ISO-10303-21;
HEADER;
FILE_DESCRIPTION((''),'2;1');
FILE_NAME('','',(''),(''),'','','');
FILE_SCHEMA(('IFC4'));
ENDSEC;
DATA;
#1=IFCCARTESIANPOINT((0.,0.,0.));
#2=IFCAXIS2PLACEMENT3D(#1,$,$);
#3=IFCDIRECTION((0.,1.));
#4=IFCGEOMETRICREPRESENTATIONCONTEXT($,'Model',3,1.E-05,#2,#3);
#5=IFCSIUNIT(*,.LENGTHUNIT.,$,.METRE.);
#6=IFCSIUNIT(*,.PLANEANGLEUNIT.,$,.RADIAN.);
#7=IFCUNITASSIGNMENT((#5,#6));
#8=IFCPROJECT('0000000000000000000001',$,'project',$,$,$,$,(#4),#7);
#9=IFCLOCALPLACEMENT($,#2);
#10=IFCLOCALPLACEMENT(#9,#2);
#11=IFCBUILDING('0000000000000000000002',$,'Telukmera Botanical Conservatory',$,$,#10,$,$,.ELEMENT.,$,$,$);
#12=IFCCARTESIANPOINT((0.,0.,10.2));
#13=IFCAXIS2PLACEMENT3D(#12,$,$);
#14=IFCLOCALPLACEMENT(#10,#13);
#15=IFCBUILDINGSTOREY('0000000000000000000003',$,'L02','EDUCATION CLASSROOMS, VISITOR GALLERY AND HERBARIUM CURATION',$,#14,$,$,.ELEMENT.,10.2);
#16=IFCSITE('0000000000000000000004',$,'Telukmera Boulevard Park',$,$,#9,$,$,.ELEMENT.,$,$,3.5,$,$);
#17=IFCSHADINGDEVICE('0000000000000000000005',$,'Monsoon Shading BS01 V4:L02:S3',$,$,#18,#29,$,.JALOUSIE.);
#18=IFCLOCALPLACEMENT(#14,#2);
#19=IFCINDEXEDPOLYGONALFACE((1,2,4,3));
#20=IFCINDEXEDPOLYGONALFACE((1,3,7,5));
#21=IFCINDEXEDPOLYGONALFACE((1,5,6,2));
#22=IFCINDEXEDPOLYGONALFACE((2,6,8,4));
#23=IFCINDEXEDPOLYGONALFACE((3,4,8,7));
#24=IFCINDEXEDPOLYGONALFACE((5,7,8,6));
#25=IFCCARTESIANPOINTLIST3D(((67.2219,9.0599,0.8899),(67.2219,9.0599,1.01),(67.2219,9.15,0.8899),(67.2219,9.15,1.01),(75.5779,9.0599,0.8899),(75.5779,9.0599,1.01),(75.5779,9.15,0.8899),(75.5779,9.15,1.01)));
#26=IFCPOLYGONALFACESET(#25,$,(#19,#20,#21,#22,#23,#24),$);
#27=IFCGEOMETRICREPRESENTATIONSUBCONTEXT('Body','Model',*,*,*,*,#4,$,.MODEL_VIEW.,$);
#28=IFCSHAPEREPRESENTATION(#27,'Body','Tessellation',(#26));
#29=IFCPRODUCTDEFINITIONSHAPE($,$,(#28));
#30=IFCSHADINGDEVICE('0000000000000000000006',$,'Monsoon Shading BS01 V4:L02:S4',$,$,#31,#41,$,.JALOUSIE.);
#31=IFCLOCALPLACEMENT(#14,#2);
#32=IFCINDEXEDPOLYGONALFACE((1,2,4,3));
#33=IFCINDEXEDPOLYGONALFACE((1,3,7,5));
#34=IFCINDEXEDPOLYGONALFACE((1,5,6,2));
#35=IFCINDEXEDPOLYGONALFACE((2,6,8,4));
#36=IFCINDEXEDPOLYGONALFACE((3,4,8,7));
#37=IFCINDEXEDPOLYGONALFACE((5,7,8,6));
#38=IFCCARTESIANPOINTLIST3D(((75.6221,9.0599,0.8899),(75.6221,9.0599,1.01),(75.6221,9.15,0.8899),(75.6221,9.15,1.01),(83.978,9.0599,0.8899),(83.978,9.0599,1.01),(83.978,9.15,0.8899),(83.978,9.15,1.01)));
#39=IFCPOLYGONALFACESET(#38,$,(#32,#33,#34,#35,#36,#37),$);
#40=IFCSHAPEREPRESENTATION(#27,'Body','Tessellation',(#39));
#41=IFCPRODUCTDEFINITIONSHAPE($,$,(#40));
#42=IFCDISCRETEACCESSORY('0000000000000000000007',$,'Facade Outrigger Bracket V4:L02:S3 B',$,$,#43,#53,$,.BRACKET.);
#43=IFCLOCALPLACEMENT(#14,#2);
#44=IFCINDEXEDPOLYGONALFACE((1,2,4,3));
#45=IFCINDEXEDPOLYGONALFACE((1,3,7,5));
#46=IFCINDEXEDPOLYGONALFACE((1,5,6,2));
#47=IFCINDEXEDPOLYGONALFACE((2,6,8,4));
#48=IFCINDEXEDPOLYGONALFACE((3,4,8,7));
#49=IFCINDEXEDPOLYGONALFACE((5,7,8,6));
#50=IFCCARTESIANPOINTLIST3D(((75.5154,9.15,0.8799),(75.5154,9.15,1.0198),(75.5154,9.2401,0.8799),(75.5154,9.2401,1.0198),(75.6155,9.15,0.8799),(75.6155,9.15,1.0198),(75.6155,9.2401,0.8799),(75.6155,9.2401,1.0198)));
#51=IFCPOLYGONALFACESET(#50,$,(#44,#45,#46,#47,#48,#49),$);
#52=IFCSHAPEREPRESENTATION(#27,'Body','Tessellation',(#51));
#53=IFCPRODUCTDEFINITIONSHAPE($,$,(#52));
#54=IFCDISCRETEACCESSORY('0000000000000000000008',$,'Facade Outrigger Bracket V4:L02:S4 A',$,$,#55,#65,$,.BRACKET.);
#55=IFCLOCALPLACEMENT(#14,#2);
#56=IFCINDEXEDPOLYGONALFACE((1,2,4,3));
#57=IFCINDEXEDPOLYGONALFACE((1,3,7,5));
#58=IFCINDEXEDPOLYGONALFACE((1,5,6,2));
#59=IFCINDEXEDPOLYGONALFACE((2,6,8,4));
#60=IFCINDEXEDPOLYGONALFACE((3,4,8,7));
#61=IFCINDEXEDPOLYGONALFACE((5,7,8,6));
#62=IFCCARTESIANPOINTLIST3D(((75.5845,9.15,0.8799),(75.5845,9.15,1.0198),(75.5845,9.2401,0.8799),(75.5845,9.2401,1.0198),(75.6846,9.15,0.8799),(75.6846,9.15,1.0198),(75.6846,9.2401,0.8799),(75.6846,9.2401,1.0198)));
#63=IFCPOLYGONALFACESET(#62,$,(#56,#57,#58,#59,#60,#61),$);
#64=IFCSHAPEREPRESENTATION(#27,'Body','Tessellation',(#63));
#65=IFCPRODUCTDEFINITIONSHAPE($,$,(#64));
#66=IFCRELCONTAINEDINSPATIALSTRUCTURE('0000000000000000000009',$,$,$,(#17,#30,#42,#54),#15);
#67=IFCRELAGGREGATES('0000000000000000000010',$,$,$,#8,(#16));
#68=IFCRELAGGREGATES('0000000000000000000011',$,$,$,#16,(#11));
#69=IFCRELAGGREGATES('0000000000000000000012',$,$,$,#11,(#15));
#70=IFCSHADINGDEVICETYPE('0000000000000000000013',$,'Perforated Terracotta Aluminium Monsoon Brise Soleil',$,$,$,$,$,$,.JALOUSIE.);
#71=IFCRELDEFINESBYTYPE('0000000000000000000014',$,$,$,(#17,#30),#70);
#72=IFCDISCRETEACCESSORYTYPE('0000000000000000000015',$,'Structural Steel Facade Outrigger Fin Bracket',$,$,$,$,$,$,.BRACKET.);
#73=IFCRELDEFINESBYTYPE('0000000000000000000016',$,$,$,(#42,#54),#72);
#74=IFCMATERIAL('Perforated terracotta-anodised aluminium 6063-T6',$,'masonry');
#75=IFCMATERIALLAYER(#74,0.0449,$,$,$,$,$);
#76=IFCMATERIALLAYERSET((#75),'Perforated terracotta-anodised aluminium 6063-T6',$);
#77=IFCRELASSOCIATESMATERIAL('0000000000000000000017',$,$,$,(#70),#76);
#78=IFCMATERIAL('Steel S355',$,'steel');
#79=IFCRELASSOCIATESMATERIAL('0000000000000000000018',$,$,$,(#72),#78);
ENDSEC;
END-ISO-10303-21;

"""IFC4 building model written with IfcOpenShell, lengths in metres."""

from ifc_helpers import new_model, si_unit, direction, frame, origin, origin_2d, place, context, subcontext, project, spatial, rectangle, extrude, material, layer, layer_set, type_object, element, save


model = new_model("IFC4")

# Units and contexts
model_context = context("Model", 3, precision=1e-05, world=origin(), true_north=direction((0.0, 1.0)))
body_context = subcontext(model_context, "Body", "Model", "MODEL_VIEW")
ifc_project = project(units=[si_unit("LENGTHUNIT", "METRE"), si_unit("PLANEANGLEUNIT", "RADIAN")], contexts=[model_context])

# Site, building, storey
site_placement = place(None, origin())
site = spatial("IfcSite", under=ifc_project, at=site_placement, Name="Telukmera Boulevard Park", CompositionType="ELEMENT", RefElevation=3.5)
building_placement = place(site_placement, origin())
building = spatial("IfcBuilding", under=site, at=building_placement, Name="Telukmera Botanical Conservatory", CompositionType="ELEMENT")
storey_placement = place(building_placement, frame((0.0, 0.0, 10.2)))
storey = spatial("IfcBuildingStorey", under=building, at=storey_placement, Name="L02", Description="EDUCATION CLASSROOMS, VISITOR GALLERY AND HERBARIUM CURATION", CompositionType="ELEMENT", Elevation=10.2)

# Shading devices
ifc_material_1 = material(Name="Perforated terracotta-anodised aluminium 6063-T6", Category="masonry")
ifc_layer_1 = layer(ifc_material_1, 0.0449)
ifc_layer_set_1 = layer_set([ifc_layer_1], Name="Perforated terracotta-anodised aluminium 6063-T6")
shading_device_type = type_object("IfcShadingDeviceType", Name="Perforated Terracotta Aluminium Monsoon Brise Soleil", PredefinedType="JALOUSIE", material=ifc_layer_set_1)
for number, where, z_axis, x_axis, name in (
    (1, (71.3999, 9.105, 0.8899), (0.0, 0.0, 1.0), (1.0, 0.0, 0.0), "Monsoon Shading BS01 V4:L02:S3"),
    (2, (79.8, 9.105, 0.8899), (0.0, 0.0, 1.0), (1.0, 0.0, 0.0), "Monsoon Shading BS01 V4:L02:S4"),
):
    element("IfcShadingDevice", number, at=place(storey_placement, frame(where, z_axis=z_axis, x_axis=x_axis)), inside=storey, type_object=shading_device_type, Name=name, PredefinedType="JALOUSIE", context=body_context, shape_type="SweptSolid", body=[
        extrude(rectangle(XDim=8.356, YDim=0.0901, at=origin_2d()), origin(), (0.0, 0.0, 1.0), 0.1201),
    ])

# Discrete accessories
ifc_material_2 = material(Name="Steel S355", Category="steel")
discrete_accessory_type = type_object("IfcDiscreteAccessoryType", Name="Structural Steel Facade Outrigger Fin Bracket", PredefinedType="BRACKET", material=ifc_material_2)
for number, where, z_axis, x_axis, name in (
    (3, (75.5654, 9.1951, 0.8799), (0.0, 0.0, 1.0), (1.0, 0.0, 0.0), "Facade Outrigger Bracket V4:L02:S3 B"),
    (4, (75.6345, 9.1951, 0.8799), (0.0, 0.0, 1.0), (1.0, 0.0, 0.0), "Facade Outrigger Bracket V4:L02:S4 A"),
):
    element("IfcDiscreteAccessory", number, at=place(storey_placement, frame(where, z_axis=z_axis, x_axis=x_axis)), inside=storey, type_object=discrete_accessory_type, Name=name, PredefinedType="BRACKET", context=body_context, shape_type="SweptSolid", body=[
        extrude(rectangle(XDim=0.1001, YDim=0.0901, at=origin_2d()), origin(), (0.0, 0.0, 1.0), 0.1399),
    ])

save(model, "model.ifc")
